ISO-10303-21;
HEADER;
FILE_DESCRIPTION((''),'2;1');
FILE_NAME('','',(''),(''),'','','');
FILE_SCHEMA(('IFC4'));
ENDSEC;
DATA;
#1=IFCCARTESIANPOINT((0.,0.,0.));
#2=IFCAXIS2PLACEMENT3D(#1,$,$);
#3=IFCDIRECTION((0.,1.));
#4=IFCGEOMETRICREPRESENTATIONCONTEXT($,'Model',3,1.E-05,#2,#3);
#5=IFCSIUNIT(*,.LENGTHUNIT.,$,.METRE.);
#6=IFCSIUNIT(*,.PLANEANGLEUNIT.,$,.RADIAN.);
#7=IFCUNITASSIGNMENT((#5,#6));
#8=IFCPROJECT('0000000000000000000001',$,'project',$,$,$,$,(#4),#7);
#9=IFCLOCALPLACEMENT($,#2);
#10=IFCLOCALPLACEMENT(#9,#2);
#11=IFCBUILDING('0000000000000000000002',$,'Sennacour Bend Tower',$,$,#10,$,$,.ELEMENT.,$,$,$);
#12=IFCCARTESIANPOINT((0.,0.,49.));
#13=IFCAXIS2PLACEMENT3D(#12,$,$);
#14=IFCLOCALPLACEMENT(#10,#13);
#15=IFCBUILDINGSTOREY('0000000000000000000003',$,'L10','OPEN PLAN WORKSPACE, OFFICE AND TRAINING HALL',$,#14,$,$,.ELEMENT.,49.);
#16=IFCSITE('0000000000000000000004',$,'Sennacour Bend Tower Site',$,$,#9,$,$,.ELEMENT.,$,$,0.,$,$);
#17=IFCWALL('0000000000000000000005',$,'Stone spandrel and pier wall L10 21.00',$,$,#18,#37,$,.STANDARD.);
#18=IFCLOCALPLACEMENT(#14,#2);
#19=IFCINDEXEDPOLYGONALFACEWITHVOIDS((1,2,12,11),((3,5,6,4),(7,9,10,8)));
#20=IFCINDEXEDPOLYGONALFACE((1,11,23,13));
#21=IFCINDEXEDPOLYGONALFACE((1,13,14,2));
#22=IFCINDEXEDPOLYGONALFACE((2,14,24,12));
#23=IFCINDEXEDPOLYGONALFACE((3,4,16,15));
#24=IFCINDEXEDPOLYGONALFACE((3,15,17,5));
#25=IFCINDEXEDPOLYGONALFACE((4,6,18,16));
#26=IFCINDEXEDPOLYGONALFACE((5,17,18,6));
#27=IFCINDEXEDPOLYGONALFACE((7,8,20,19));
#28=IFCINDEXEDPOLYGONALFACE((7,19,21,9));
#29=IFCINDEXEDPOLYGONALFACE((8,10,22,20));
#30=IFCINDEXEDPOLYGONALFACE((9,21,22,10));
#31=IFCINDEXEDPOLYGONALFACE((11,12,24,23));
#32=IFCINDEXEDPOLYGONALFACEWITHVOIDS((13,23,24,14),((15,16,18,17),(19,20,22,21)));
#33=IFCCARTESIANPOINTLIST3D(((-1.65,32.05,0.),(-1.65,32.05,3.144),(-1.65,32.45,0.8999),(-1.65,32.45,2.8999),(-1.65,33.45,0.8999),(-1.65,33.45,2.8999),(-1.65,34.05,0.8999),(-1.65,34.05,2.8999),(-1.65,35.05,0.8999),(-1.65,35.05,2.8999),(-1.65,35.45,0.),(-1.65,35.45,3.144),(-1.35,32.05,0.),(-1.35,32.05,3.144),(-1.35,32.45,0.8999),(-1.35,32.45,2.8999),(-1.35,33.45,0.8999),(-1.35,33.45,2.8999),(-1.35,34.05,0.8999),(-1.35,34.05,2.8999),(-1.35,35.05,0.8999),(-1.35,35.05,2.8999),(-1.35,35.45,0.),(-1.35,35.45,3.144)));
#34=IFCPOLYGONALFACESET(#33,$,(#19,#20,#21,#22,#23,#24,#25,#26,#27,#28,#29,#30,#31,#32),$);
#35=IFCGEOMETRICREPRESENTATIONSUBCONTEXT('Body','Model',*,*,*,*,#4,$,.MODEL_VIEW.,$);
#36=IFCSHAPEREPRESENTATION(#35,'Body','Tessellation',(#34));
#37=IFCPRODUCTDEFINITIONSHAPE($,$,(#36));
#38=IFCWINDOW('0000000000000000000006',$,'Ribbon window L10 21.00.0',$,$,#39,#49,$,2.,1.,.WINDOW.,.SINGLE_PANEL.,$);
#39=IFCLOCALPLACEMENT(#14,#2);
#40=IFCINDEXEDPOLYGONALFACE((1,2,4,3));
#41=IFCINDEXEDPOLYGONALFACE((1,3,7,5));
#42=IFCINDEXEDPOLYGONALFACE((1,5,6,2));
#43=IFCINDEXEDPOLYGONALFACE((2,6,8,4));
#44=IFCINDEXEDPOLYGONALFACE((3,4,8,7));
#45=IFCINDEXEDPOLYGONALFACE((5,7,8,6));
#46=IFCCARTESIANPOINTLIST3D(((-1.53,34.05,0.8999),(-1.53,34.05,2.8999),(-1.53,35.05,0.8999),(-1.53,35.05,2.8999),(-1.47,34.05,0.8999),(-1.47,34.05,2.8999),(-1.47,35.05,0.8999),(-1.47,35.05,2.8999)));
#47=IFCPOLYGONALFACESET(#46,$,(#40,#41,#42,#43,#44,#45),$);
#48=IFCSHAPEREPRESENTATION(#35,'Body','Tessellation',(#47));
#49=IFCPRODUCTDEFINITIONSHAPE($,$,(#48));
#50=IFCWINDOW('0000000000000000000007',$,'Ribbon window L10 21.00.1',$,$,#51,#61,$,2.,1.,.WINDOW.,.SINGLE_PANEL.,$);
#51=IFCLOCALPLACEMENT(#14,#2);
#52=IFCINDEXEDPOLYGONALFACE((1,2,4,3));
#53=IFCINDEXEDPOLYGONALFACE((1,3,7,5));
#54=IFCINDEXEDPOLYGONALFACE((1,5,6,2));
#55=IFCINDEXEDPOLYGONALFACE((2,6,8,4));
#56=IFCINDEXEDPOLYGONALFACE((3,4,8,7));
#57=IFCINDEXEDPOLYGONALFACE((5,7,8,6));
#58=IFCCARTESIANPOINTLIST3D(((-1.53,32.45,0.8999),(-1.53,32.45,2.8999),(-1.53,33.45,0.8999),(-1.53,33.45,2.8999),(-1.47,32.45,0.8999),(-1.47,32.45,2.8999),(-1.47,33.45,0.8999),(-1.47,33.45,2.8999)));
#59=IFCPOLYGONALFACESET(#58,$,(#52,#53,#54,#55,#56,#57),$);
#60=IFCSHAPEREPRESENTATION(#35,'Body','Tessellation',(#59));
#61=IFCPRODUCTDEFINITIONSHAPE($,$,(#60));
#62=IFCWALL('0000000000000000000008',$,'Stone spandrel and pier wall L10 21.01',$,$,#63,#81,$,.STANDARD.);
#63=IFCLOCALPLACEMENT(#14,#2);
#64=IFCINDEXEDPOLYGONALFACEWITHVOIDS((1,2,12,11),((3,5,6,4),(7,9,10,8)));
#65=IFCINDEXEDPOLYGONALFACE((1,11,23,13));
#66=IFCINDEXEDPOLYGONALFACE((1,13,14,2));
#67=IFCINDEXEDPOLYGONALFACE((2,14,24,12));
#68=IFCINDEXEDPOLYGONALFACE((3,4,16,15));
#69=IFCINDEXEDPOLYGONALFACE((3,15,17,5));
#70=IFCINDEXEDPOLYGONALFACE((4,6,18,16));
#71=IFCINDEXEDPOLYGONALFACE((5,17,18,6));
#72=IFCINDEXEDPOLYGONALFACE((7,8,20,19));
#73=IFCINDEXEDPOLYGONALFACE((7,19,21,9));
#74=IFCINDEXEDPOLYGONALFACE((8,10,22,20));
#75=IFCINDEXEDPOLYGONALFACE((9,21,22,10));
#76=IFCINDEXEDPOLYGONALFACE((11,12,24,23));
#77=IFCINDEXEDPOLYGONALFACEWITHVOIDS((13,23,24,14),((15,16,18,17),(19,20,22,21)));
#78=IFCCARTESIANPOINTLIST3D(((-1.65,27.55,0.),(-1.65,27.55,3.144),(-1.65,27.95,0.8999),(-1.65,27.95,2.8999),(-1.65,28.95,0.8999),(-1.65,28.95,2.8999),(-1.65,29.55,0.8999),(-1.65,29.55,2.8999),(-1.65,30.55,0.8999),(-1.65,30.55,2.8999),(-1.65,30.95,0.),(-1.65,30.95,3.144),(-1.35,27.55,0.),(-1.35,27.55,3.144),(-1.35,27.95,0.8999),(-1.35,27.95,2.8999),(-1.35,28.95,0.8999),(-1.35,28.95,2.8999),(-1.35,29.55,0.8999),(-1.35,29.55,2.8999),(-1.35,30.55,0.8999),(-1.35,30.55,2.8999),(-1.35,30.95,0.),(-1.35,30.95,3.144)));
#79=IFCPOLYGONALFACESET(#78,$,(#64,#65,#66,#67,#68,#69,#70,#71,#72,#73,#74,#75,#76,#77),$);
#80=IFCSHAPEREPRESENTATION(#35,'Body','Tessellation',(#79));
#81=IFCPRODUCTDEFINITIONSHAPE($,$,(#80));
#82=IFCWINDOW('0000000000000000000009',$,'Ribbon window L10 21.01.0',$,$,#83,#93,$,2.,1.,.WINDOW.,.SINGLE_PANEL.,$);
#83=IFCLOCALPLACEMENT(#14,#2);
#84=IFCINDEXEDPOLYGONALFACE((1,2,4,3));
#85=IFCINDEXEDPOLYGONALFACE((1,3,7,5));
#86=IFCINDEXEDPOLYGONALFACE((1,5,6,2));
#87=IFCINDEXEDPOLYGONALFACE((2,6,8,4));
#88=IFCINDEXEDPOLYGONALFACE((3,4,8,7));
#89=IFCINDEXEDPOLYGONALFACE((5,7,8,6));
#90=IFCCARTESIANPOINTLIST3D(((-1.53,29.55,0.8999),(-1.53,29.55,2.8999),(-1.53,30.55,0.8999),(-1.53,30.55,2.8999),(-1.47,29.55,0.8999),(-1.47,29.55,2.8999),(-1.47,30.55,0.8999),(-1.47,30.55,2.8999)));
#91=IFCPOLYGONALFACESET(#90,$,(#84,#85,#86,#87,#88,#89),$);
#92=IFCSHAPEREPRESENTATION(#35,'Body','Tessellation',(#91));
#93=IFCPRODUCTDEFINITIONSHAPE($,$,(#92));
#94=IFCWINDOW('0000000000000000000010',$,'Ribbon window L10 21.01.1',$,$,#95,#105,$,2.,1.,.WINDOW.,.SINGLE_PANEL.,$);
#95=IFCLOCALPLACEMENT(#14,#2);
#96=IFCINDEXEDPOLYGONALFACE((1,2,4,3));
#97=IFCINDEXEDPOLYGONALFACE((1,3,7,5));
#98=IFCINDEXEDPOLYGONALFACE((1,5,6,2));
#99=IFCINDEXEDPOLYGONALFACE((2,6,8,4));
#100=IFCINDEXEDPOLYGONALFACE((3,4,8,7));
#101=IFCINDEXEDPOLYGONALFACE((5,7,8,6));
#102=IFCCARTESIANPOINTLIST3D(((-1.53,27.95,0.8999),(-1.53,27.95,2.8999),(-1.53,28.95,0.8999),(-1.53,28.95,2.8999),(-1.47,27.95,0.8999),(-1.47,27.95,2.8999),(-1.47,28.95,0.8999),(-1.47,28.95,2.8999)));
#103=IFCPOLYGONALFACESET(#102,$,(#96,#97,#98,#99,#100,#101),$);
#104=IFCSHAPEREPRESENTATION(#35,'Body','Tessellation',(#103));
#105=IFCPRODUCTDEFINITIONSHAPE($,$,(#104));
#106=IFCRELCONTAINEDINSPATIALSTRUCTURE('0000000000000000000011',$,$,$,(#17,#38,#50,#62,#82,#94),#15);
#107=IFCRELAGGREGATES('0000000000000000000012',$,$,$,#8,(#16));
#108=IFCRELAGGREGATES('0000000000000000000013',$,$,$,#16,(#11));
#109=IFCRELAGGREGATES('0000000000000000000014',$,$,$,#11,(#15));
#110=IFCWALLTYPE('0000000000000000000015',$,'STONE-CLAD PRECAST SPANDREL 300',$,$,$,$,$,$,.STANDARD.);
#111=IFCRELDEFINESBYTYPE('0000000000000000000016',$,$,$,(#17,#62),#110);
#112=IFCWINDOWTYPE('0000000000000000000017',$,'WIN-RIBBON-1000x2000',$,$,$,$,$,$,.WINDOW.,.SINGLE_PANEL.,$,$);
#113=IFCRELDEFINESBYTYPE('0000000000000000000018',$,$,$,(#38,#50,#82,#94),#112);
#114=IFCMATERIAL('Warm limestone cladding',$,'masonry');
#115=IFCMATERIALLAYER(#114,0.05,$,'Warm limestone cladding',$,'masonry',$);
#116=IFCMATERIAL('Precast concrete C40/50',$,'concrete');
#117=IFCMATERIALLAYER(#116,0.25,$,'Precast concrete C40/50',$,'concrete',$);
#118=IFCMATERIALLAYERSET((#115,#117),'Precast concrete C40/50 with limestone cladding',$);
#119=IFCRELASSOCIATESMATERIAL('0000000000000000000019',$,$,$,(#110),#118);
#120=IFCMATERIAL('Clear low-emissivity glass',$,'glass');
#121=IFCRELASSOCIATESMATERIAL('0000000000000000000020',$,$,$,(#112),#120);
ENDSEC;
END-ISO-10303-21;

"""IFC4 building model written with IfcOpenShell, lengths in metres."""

from ifc_helpers import new_model, si_unit, direction, frame, frame_2d, origin, place, context, subcontext, project, spatial, rectangle, extrude, material, layer, layer_set, type_object, element, fill, save


model = new_model("IFC4")

# Units and contexts
model_context = context("Model", 3, precision=1e-05, world=origin(), true_north=direction((0.0, 1.0)))
body_context = subcontext(model_context, "Body", "Model", "MODEL_VIEW")
ifc_project = project(units=[si_unit("LENGTHUNIT", "METRE"), si_unit("PLANEANGLEUNIT", "RADIAN")], contexts=[model_context])

# Site, building, storey
site_placement = place(None, origin())
site = spatial("IfcSite", under=ifc_project, at=site_placement, Name="Sennacour Bend Tower Site", CompositionType="ELEMENT", RefElevation=0.0)
building_placement = place(site_placement, origin())
building = spatial("IfcBuilding", under=site, at=building_placement, Name="Sennacour Bend Tower", CompositionType="ELEMENT")
storey_placement = place(building_placement, frame((0.0, 0.0, 49.0)))
storey = spatial("IfcBuildingStorey", under=building, at=storey_placement, Name="L10", Description="OPEN PLAN WORKSPACE, OFFICE AND TRAINING HALL", CompositionType="ELEMENT", Elevation=49.0)

# Shared definitions
ifc_material_1 = material(Name="Warm limestone cladding", Category="masonry")
ifc_layer_1 = layer(ifc_material_1, 0.05, Name="Warm limestone cladding", Category="masonry")
ifc_material_2 = material(Name="Precast concrete C40/50", Category="concrete")
ifc_layer_2 = layer(ifc_material_2, 0.25, Name="Precast concrete C40/50", Category="concrete")
ifc_layer_set_1 = layer_set([ifc_layer_1, ifc_layer_2], Name="Precast concrete C40/50 with limestone cladding")
wall_type_1 = type_object("IfcWallType", Name="STONE-CLAD PRECAST SPANDREL 300", PredefinedType="STANDARD", material=ifc_layer_set_1)

# Walls, openings, windows
wall_1_placement = place(storey_placement, frame((-1.5, 35.45, 0.0), z_axis=(0.0, 0.0, 1.0), x_axis=(0.0, -1.0, 0.0)))
wall_1 = element("IfcWall", 1, at=wall_1_placement, inside=storey, type_object=wall_type_1, Name="Stone spandrel and pier wall L10 21.00", PredefinedType="STANDARD", context=body_context, shape_type="SweptSolid", body=[
    extrude(rectangle(XDim=3.3999, YDim=0.3, at=frame_2d((1.7, 0.0))), origin(), (0.0, 0.0, 1.0), 3.144),
])
opening_1_placement = place(wall_1_placement, frame((0.3999, 0.0, 0.8999)))
opening_1 = element("IfcOpeningElement", 2, at=opening_1_placement, cuts=wall_1, PredefinedType="OPENING", context=body_context, shape_type="SweptSolid", body=[
    extrude(rectangle(XDim=1.0, YDim=2.0, at=frame_2d((0.5, 1.0))), frame((0.0, 0.1602, 0.0), z_axis=(0.0, -1.0, 0.0), x_axis=(1.0, 0.0, 0.0)), (0.0, 0.0, 1.0), 0.3201),
])
opening_2_placement = place(wall_1_placement, frame((2.0, 0.0, 0.8999)))
opening_2 = element("IfcOpeningElement", 3, at=opening_2_placement, cuts=wall_1, PredefinedType="OPENING", context=body_context, shape_type="SweptSolid", body=[
    extrude(rectangle(XDim=1.0, YDim=2.0, at=frame_2d((0.5, 1.0))), frame((0.0, 0.1602, 0.0), z_axis=(0.0, -1.0, 0.0), x_axis=(1.0, 0.0, 0.0)), (0.0, 0.0, 1.0), 0.3201),
])
ifc_material_3 = material(Name="Clear low-emissivity glass", Category="glass")
window_type = type_object("IfcWindowType", Name="WIN-RIBBON-1000x2000", PartitioningType="SINGLE_PANEL", PredefinedType="WINDOW", material=ifc_material_3)
window_1_placement = place(opening_1_placement, origin())
window_1 = element("IfcWindow", 4, at=window_1_placement, inside=storey, type_object=window_type, Name="Ribbon window L10 21.00.0", OverallHeight=2.0, OverallWidth=1.0, PartitioningType="SINGLE_PANEL", PredefinedType="WINDOW", context=body_context, shape_type="SweptSolid", body=[
    extrude(rectangle(XDim=1.0, YDim=2.0, at=frame_2d((0.5, 1.0))), frame((0.0, 0.03, 0.0), z_axis=(0.0, -1.0, 0.0), x_axis=(1.0, 0.0, 0.0)), (0.0, 0.0, 1.0), 0.0601),
])
fill(opening_1, window_1)
window_2_placement = place(opening_2_placement, origin())
window_2 = element("IfcWindow", 5, at=window_2_placement, inside=storey, type_object=window_type, Name="Ribbon window L10 21.00.1", OverallHeight=2.0, OverallWidth=1.0, PartitioningType="SINGLE_PANEL", PredefinedType="WINDOW", context=body_context, shape_type="SweptSolid", body=[
    extrude(rectangle(XDim=1.0, YDim=2.0, at=frame_2d((0.5, 1.0))), frame((0.0, 0.03, 0.0), z_axis=(0.0, -1.0, 0.0), x_axis=(1.0, 0.0, 0.0)), (0.0, 0.0, 1.0), 0.0601),
])
fill(opening_2, window_2)
wall_2_placement = place(storey_placement, frame((-1.5, 30.95, 0.0), z_axis=(0.0, 0.0, 1.0), x_axis=(0.0, -1.0, 0.0)))
wall_2 = element("IfcWall", 6, at=wall_2_placement, inside=storey, type_object=wall_type_1, Name="Stone spandrel and pier wall L10 21.01", PredefinedType="STANDARD", context=body_context, shape_type="SweptSolid", body=[
    extrude(rectangle(XDim=3.3999, YDim=0.3, at=frame_2d((1.7, 0.0))), origin(), (0.0, 0.0, 1.0), 3.144),
])
opening_3_placement = place(wall_2_placement, frame((0.3999, 0.0, 0.8999)))
opening_3 = element("IfcOpeningElement", 7, at=opening_3_placement, cuts=wall_2, PredefinedType="OPENING", context=body_context, shape_type="SweptSolid", body=[
    extrude(rectangle(XDim=1.0, YDim=2.0, at=frame_2d((0.5, 1.0))), frame((0.0, 0.1602, 0.0), z_axis=(0.0, -1.0, 0.0), x_axis=(1.0, 0.0, 0.0)), (0.0, 0.0, 1.0), 0.3201),
])
opening_4_placement = place(wall_2_placement, frame((2.0, 0.0, 0.8999)))
opening_4 = element("IfcOpeningElement", 8, at=opening_4_placement, cuts=wall_2, PredefinedType="OPENING", context=body_context, shape_type="SweptSolid", body=[
    extrude(rectangle(XDim=1.0, YDim=2.0, at=frame_2d((0.5, 1.0))), frame((0.0, 0.1602, 0.0), z_axis=(0.0, -1.0, 0.0), x_axis=(1.0, 0.0, 0.0)), (0.0, 0.0, 1.0), 0.3201),
])
window_3_placement = place(opening_3_placement, origin())
window_3 = element("IfcWindow", 9, at=window_3_placement, inside=storey, type_object=window_type, Name="Ribbon window L10 21.01.0", OverallHeight=2.0, OverallWidth=1.0, PartitioningType="SINGLE_PANEL", PredefinedType="WINDOW", context=body_context, shape_type="SweptSolid", body=[
    extrude(rectangle(XDim=1.0, YDim=2.0, at=frame_2d((0.5, 1.0))), frame((0.0, 0.03, 0.0), z_axis=(0.0, -1.0, 0.0), x_axis=(1.0, 0.0, 0.0)), (0.0, 0.0, 1.0), 0.0601),
])
fill(opening_3, window_3)
window_4_placement = place(opening_4_placement, origin())
window_4 = element("IfcWindow", 10, at=window_4_placement, inside=storey, type_object=window_type, Name="Ribbon window L10 21.01.1", OverallHeight=2.0, OverallWidth=1.0, PartitioningType="SINGLE_PANEL", PredefinedType="WINDOW", context=body_context, shape_type="SweptSolid", body=[
    extrude(rectangle(XDim=1.0, YDim=2.0, at=frame_2d((0.5, 1.0))), frame((0.0, 0.03, 0.0), z_axis=(0.0, -1.0, 0.0), x_axis=(1.0, 0.0, 0.0)), (0.0, 0.0, 1.0), 0.0601),
])
fill(opening_4, window_4)

save(model, "model.ifc")
